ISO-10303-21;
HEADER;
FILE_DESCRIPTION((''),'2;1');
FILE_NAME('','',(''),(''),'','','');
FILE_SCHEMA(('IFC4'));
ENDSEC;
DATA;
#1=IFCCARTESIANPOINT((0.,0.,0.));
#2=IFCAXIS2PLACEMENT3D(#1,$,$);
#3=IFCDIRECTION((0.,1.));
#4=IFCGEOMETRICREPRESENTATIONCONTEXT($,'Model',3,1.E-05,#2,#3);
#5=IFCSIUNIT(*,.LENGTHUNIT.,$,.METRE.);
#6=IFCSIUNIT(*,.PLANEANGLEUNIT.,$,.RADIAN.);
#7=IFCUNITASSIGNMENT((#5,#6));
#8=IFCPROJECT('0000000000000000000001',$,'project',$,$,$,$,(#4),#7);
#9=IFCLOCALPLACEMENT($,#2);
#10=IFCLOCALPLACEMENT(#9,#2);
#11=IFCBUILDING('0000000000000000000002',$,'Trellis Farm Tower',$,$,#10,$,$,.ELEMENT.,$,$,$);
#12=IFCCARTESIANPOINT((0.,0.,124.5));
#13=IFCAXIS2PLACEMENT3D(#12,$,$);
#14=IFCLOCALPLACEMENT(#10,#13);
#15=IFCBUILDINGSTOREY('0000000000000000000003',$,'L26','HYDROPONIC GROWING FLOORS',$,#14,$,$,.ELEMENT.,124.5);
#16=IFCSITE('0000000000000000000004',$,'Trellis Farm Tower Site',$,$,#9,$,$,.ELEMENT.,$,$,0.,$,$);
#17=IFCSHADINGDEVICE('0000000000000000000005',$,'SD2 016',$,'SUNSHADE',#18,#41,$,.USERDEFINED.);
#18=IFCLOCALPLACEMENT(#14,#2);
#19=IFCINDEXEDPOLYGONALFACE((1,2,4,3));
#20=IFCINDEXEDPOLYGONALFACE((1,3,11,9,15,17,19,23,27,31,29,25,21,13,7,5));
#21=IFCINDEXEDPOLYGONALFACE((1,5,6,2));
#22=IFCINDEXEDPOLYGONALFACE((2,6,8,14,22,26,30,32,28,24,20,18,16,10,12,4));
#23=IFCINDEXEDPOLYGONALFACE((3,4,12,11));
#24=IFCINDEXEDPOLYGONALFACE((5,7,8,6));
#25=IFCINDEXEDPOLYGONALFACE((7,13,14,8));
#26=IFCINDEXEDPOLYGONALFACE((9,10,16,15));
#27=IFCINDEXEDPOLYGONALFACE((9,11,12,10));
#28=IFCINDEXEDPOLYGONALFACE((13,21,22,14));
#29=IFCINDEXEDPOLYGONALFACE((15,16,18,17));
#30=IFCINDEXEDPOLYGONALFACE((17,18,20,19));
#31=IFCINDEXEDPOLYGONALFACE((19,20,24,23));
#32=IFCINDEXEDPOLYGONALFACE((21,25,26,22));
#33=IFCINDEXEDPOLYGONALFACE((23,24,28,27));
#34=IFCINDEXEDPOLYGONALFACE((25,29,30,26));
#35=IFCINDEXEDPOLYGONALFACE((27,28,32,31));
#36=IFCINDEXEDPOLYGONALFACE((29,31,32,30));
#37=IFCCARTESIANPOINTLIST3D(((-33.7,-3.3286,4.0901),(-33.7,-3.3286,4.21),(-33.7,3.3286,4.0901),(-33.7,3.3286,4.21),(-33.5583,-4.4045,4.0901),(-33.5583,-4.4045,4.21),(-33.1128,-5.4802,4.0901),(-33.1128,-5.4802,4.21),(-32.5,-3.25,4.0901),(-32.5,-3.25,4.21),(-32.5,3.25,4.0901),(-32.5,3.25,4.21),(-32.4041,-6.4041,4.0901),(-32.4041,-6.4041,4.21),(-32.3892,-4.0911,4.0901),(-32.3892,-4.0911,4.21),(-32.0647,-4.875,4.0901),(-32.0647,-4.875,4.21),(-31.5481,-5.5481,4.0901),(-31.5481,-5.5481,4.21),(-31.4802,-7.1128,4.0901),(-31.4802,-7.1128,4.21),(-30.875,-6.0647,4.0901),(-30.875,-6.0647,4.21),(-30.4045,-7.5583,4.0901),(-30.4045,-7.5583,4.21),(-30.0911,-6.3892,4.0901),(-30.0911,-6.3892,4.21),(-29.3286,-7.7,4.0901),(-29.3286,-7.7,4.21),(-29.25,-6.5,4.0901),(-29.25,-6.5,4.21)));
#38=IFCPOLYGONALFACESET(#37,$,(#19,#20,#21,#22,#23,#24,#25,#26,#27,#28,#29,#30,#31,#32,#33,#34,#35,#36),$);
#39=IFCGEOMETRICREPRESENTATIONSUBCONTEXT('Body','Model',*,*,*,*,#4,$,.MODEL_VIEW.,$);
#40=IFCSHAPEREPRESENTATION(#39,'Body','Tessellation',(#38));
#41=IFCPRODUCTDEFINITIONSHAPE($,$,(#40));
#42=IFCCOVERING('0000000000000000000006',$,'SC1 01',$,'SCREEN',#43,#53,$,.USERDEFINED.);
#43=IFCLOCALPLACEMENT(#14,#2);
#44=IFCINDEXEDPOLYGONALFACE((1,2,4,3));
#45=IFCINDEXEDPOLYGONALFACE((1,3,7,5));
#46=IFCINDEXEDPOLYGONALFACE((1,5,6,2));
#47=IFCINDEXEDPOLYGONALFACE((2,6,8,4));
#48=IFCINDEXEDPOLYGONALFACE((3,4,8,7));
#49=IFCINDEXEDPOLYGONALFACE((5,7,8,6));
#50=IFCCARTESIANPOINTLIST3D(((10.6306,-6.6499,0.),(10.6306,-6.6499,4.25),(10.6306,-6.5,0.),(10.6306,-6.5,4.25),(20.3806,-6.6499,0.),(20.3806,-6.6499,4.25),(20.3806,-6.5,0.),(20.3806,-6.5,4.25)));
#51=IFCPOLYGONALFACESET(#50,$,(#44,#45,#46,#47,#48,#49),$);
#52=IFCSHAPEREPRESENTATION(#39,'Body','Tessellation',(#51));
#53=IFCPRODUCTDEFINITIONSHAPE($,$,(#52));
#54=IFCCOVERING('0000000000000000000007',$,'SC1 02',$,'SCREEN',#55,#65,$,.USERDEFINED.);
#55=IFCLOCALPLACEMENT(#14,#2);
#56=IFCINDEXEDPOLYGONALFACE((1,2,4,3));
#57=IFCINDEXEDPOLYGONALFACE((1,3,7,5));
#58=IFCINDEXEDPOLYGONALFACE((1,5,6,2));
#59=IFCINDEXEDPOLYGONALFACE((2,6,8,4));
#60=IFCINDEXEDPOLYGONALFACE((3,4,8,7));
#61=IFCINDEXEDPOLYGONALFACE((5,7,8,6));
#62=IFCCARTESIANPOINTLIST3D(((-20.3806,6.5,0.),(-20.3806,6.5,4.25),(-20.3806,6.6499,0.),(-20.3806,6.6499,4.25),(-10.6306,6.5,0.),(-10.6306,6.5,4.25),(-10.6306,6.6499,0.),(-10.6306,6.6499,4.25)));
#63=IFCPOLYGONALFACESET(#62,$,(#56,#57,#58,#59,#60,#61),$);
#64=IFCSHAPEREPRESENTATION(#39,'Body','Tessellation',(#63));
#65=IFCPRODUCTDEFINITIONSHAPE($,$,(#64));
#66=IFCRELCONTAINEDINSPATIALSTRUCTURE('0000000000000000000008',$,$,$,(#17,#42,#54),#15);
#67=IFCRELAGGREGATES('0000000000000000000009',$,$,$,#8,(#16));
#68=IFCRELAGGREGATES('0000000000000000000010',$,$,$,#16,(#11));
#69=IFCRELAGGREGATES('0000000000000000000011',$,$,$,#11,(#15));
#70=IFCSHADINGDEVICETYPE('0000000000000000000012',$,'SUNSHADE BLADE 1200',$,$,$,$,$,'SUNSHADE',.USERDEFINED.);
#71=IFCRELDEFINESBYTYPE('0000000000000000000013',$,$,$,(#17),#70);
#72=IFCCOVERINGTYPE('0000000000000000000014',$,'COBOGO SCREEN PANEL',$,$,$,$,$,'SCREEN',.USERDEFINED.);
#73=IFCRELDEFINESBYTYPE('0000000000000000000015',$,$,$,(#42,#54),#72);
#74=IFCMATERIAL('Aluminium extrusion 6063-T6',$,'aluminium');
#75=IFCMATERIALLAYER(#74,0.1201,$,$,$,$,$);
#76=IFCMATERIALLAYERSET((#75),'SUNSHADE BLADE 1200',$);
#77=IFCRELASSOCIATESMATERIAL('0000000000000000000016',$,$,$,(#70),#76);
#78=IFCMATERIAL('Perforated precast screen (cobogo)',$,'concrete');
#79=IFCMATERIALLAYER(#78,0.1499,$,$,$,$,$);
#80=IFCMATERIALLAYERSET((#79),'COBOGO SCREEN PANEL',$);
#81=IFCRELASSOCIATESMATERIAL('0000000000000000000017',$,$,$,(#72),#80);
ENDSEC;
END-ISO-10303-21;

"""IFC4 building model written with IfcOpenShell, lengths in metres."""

from ifc_helpers import new_model, si_unit, direction, frame, origin, place, context, subcontext, project, spatial, polyline, outline, extrude, source, transform, mapped, material, layer, layer_set, type_object, element, save


model = new_model("IFC4")

# Units and contexts
model_context = context("Model", 3, precision=1e-05, world=origin(), true_north=direction((0.0, 1.0)))
body_context = subcontext(model_context, "Body", "Model", "MODEL_VIEW")
ifc_project = project(units=[si_unit("LENGTHUNIT", "METRE"), si_unit("PLANEANGLEUNIT", "RADIAN")], contexts=[model_context])

# Site, building, storey
site_placement = place(None, origin())
site = spatial("IfcSite", under=ifc_project, at=site_placement, Name="Trellis Farm Tower Site", CompositionType="ELEMENT", RefElevation=0.0)
building_placement = place(site_placement, origin())
building = spatial("IfcBuilding", under=site, at=building_placement, Name="Trellis Farm Tower", CompositionType="ELEMENT")
storey_placement = place(building_placement, frame((0.0, 0.0, 124.5)))
storey = spatial("IfcBuildingStorey", under=building, at=storey_placement, Name="L26", Description="HYDROPONIC GROWING FLOORS", CompositionType="ELEMENT", Elevation=124.5)

# Shared definitions
placement = place(storey_placement, origin())
ifc_material_1 = material(Name="Aluminium extrusion 6063-T6", Category="aluminium")

# Shading device
ifc_layer_1 = layer(ifc_material_1, 0.1201)
ifc_layer_set_1 = layer_set([ifc_layer_1], Name="SUNSHADE BLADE 1200")
shading_device_type = type_object("IfcShadingDeviceType", Name="SUNSHADE BLADE 1200", ElementType="SUNSHADE", PredefinedType="USERDEFINED", material=ifc_layer_set_1)
shared_shape_1 = source(origin(), body_context, "Body", "SweptSolid", [
    extrude(outline(polyline([(-33.7, 3.3286), (-33.7, -3.3286), (-33.5583, -4.4045), (-33.1128, -5.4802), (-32.4041, -6.4041), (-31.4802, -7.1128), (-30.4045, -7.5583), (-29.3286, -7.7), (-29.25, -6.5), (-30.0911, -6.3892), (-30.875, -6.0647), (-31.5481, -5.5481), (-32.0647, -4.875), (-32.3892, -4.0911), (-32.5, -3.25), (-32.5, 3.25), (-33.7, 3.3286)])), origin(), (0.0, 0.0, 1.0), 0.1199),
])
shading_device_placement = place(storey_placement, frame((0.0, 0.0, 4.0901)))
element("IfcShadingDevice", 1, at=shading_device_placement, inside=storey, type_object=shading_device_type, Name="SD2 016", ObjectType="SUNSHADE", PredefinedType="USERDEFINED", context=body_context, shape_type="MappedRepresentation", body=[
    mapped(shared_shape_1, transform((0.0, 0.0, 0.0))),
])

# Coverings
ifc_material_2 = material(Name="Perforated precast screen (cobogo)", Category="concrete")
ifc_layer_2 = layer(ifc_material_2, 0.1499)
ifc_layer_set_2 = layer_set([ifc_layer_2], Name="COBOGO SCREEN PANEL")
covering_type = type_object("IfcCoveringType", Name="COBOGO SCREEN PANEL", ElementType="SCREEN", PredefinedType="USERDEFINED", material=ifc_layer_set_2)
shared_shape_2 = source(origin(), body_context, "Body", "SweptSolid", [
    extrude(outline(polyline([(10.6306, -6.6499), (20.3806, -6.6499), (20.3806, -6.5), (10.6306, -6.5), (10.6306, -6.6499)])), origin(), (0.0, 0.0, 1.0), 4.25),
])
element("IfcCovering", 2, at=placement, inside=storey, type_object=covering_type, Name="SC1 01", ObjectType="SCREEN", PredefinedType="USERDEFINED", context=body_context, shape_type="MappedRepresentation", body=[
    mapped(shared_shape_2, transform((0.0, 0.0, 0.0))),
])
shared_shape_3 = source(origin(), body_context, "Body", "SweptSolid", [
    extrude(outline(polyline([(-10.6306, 6.6499), (-20.3806, 6.6499), (-20.3806, 6.5), (-10.6306, 6.5), (-10.6306, 6.6499)])), origin(), (0.0, 0.0, 1.0), 4.25),
])
element("IfcCovering", 3, at=placement, inside=storey, type_object=covering_type, Name="SC1 02", ObjectType="SCREEN", PredefinedType="USERDEFINED", context=body_context, shape_type="MappedRepresentation", body=[
    mapped(shared_shape_3, transform((0.0, 0.0, 0.0))),
])

save(model, "model.ifc")
